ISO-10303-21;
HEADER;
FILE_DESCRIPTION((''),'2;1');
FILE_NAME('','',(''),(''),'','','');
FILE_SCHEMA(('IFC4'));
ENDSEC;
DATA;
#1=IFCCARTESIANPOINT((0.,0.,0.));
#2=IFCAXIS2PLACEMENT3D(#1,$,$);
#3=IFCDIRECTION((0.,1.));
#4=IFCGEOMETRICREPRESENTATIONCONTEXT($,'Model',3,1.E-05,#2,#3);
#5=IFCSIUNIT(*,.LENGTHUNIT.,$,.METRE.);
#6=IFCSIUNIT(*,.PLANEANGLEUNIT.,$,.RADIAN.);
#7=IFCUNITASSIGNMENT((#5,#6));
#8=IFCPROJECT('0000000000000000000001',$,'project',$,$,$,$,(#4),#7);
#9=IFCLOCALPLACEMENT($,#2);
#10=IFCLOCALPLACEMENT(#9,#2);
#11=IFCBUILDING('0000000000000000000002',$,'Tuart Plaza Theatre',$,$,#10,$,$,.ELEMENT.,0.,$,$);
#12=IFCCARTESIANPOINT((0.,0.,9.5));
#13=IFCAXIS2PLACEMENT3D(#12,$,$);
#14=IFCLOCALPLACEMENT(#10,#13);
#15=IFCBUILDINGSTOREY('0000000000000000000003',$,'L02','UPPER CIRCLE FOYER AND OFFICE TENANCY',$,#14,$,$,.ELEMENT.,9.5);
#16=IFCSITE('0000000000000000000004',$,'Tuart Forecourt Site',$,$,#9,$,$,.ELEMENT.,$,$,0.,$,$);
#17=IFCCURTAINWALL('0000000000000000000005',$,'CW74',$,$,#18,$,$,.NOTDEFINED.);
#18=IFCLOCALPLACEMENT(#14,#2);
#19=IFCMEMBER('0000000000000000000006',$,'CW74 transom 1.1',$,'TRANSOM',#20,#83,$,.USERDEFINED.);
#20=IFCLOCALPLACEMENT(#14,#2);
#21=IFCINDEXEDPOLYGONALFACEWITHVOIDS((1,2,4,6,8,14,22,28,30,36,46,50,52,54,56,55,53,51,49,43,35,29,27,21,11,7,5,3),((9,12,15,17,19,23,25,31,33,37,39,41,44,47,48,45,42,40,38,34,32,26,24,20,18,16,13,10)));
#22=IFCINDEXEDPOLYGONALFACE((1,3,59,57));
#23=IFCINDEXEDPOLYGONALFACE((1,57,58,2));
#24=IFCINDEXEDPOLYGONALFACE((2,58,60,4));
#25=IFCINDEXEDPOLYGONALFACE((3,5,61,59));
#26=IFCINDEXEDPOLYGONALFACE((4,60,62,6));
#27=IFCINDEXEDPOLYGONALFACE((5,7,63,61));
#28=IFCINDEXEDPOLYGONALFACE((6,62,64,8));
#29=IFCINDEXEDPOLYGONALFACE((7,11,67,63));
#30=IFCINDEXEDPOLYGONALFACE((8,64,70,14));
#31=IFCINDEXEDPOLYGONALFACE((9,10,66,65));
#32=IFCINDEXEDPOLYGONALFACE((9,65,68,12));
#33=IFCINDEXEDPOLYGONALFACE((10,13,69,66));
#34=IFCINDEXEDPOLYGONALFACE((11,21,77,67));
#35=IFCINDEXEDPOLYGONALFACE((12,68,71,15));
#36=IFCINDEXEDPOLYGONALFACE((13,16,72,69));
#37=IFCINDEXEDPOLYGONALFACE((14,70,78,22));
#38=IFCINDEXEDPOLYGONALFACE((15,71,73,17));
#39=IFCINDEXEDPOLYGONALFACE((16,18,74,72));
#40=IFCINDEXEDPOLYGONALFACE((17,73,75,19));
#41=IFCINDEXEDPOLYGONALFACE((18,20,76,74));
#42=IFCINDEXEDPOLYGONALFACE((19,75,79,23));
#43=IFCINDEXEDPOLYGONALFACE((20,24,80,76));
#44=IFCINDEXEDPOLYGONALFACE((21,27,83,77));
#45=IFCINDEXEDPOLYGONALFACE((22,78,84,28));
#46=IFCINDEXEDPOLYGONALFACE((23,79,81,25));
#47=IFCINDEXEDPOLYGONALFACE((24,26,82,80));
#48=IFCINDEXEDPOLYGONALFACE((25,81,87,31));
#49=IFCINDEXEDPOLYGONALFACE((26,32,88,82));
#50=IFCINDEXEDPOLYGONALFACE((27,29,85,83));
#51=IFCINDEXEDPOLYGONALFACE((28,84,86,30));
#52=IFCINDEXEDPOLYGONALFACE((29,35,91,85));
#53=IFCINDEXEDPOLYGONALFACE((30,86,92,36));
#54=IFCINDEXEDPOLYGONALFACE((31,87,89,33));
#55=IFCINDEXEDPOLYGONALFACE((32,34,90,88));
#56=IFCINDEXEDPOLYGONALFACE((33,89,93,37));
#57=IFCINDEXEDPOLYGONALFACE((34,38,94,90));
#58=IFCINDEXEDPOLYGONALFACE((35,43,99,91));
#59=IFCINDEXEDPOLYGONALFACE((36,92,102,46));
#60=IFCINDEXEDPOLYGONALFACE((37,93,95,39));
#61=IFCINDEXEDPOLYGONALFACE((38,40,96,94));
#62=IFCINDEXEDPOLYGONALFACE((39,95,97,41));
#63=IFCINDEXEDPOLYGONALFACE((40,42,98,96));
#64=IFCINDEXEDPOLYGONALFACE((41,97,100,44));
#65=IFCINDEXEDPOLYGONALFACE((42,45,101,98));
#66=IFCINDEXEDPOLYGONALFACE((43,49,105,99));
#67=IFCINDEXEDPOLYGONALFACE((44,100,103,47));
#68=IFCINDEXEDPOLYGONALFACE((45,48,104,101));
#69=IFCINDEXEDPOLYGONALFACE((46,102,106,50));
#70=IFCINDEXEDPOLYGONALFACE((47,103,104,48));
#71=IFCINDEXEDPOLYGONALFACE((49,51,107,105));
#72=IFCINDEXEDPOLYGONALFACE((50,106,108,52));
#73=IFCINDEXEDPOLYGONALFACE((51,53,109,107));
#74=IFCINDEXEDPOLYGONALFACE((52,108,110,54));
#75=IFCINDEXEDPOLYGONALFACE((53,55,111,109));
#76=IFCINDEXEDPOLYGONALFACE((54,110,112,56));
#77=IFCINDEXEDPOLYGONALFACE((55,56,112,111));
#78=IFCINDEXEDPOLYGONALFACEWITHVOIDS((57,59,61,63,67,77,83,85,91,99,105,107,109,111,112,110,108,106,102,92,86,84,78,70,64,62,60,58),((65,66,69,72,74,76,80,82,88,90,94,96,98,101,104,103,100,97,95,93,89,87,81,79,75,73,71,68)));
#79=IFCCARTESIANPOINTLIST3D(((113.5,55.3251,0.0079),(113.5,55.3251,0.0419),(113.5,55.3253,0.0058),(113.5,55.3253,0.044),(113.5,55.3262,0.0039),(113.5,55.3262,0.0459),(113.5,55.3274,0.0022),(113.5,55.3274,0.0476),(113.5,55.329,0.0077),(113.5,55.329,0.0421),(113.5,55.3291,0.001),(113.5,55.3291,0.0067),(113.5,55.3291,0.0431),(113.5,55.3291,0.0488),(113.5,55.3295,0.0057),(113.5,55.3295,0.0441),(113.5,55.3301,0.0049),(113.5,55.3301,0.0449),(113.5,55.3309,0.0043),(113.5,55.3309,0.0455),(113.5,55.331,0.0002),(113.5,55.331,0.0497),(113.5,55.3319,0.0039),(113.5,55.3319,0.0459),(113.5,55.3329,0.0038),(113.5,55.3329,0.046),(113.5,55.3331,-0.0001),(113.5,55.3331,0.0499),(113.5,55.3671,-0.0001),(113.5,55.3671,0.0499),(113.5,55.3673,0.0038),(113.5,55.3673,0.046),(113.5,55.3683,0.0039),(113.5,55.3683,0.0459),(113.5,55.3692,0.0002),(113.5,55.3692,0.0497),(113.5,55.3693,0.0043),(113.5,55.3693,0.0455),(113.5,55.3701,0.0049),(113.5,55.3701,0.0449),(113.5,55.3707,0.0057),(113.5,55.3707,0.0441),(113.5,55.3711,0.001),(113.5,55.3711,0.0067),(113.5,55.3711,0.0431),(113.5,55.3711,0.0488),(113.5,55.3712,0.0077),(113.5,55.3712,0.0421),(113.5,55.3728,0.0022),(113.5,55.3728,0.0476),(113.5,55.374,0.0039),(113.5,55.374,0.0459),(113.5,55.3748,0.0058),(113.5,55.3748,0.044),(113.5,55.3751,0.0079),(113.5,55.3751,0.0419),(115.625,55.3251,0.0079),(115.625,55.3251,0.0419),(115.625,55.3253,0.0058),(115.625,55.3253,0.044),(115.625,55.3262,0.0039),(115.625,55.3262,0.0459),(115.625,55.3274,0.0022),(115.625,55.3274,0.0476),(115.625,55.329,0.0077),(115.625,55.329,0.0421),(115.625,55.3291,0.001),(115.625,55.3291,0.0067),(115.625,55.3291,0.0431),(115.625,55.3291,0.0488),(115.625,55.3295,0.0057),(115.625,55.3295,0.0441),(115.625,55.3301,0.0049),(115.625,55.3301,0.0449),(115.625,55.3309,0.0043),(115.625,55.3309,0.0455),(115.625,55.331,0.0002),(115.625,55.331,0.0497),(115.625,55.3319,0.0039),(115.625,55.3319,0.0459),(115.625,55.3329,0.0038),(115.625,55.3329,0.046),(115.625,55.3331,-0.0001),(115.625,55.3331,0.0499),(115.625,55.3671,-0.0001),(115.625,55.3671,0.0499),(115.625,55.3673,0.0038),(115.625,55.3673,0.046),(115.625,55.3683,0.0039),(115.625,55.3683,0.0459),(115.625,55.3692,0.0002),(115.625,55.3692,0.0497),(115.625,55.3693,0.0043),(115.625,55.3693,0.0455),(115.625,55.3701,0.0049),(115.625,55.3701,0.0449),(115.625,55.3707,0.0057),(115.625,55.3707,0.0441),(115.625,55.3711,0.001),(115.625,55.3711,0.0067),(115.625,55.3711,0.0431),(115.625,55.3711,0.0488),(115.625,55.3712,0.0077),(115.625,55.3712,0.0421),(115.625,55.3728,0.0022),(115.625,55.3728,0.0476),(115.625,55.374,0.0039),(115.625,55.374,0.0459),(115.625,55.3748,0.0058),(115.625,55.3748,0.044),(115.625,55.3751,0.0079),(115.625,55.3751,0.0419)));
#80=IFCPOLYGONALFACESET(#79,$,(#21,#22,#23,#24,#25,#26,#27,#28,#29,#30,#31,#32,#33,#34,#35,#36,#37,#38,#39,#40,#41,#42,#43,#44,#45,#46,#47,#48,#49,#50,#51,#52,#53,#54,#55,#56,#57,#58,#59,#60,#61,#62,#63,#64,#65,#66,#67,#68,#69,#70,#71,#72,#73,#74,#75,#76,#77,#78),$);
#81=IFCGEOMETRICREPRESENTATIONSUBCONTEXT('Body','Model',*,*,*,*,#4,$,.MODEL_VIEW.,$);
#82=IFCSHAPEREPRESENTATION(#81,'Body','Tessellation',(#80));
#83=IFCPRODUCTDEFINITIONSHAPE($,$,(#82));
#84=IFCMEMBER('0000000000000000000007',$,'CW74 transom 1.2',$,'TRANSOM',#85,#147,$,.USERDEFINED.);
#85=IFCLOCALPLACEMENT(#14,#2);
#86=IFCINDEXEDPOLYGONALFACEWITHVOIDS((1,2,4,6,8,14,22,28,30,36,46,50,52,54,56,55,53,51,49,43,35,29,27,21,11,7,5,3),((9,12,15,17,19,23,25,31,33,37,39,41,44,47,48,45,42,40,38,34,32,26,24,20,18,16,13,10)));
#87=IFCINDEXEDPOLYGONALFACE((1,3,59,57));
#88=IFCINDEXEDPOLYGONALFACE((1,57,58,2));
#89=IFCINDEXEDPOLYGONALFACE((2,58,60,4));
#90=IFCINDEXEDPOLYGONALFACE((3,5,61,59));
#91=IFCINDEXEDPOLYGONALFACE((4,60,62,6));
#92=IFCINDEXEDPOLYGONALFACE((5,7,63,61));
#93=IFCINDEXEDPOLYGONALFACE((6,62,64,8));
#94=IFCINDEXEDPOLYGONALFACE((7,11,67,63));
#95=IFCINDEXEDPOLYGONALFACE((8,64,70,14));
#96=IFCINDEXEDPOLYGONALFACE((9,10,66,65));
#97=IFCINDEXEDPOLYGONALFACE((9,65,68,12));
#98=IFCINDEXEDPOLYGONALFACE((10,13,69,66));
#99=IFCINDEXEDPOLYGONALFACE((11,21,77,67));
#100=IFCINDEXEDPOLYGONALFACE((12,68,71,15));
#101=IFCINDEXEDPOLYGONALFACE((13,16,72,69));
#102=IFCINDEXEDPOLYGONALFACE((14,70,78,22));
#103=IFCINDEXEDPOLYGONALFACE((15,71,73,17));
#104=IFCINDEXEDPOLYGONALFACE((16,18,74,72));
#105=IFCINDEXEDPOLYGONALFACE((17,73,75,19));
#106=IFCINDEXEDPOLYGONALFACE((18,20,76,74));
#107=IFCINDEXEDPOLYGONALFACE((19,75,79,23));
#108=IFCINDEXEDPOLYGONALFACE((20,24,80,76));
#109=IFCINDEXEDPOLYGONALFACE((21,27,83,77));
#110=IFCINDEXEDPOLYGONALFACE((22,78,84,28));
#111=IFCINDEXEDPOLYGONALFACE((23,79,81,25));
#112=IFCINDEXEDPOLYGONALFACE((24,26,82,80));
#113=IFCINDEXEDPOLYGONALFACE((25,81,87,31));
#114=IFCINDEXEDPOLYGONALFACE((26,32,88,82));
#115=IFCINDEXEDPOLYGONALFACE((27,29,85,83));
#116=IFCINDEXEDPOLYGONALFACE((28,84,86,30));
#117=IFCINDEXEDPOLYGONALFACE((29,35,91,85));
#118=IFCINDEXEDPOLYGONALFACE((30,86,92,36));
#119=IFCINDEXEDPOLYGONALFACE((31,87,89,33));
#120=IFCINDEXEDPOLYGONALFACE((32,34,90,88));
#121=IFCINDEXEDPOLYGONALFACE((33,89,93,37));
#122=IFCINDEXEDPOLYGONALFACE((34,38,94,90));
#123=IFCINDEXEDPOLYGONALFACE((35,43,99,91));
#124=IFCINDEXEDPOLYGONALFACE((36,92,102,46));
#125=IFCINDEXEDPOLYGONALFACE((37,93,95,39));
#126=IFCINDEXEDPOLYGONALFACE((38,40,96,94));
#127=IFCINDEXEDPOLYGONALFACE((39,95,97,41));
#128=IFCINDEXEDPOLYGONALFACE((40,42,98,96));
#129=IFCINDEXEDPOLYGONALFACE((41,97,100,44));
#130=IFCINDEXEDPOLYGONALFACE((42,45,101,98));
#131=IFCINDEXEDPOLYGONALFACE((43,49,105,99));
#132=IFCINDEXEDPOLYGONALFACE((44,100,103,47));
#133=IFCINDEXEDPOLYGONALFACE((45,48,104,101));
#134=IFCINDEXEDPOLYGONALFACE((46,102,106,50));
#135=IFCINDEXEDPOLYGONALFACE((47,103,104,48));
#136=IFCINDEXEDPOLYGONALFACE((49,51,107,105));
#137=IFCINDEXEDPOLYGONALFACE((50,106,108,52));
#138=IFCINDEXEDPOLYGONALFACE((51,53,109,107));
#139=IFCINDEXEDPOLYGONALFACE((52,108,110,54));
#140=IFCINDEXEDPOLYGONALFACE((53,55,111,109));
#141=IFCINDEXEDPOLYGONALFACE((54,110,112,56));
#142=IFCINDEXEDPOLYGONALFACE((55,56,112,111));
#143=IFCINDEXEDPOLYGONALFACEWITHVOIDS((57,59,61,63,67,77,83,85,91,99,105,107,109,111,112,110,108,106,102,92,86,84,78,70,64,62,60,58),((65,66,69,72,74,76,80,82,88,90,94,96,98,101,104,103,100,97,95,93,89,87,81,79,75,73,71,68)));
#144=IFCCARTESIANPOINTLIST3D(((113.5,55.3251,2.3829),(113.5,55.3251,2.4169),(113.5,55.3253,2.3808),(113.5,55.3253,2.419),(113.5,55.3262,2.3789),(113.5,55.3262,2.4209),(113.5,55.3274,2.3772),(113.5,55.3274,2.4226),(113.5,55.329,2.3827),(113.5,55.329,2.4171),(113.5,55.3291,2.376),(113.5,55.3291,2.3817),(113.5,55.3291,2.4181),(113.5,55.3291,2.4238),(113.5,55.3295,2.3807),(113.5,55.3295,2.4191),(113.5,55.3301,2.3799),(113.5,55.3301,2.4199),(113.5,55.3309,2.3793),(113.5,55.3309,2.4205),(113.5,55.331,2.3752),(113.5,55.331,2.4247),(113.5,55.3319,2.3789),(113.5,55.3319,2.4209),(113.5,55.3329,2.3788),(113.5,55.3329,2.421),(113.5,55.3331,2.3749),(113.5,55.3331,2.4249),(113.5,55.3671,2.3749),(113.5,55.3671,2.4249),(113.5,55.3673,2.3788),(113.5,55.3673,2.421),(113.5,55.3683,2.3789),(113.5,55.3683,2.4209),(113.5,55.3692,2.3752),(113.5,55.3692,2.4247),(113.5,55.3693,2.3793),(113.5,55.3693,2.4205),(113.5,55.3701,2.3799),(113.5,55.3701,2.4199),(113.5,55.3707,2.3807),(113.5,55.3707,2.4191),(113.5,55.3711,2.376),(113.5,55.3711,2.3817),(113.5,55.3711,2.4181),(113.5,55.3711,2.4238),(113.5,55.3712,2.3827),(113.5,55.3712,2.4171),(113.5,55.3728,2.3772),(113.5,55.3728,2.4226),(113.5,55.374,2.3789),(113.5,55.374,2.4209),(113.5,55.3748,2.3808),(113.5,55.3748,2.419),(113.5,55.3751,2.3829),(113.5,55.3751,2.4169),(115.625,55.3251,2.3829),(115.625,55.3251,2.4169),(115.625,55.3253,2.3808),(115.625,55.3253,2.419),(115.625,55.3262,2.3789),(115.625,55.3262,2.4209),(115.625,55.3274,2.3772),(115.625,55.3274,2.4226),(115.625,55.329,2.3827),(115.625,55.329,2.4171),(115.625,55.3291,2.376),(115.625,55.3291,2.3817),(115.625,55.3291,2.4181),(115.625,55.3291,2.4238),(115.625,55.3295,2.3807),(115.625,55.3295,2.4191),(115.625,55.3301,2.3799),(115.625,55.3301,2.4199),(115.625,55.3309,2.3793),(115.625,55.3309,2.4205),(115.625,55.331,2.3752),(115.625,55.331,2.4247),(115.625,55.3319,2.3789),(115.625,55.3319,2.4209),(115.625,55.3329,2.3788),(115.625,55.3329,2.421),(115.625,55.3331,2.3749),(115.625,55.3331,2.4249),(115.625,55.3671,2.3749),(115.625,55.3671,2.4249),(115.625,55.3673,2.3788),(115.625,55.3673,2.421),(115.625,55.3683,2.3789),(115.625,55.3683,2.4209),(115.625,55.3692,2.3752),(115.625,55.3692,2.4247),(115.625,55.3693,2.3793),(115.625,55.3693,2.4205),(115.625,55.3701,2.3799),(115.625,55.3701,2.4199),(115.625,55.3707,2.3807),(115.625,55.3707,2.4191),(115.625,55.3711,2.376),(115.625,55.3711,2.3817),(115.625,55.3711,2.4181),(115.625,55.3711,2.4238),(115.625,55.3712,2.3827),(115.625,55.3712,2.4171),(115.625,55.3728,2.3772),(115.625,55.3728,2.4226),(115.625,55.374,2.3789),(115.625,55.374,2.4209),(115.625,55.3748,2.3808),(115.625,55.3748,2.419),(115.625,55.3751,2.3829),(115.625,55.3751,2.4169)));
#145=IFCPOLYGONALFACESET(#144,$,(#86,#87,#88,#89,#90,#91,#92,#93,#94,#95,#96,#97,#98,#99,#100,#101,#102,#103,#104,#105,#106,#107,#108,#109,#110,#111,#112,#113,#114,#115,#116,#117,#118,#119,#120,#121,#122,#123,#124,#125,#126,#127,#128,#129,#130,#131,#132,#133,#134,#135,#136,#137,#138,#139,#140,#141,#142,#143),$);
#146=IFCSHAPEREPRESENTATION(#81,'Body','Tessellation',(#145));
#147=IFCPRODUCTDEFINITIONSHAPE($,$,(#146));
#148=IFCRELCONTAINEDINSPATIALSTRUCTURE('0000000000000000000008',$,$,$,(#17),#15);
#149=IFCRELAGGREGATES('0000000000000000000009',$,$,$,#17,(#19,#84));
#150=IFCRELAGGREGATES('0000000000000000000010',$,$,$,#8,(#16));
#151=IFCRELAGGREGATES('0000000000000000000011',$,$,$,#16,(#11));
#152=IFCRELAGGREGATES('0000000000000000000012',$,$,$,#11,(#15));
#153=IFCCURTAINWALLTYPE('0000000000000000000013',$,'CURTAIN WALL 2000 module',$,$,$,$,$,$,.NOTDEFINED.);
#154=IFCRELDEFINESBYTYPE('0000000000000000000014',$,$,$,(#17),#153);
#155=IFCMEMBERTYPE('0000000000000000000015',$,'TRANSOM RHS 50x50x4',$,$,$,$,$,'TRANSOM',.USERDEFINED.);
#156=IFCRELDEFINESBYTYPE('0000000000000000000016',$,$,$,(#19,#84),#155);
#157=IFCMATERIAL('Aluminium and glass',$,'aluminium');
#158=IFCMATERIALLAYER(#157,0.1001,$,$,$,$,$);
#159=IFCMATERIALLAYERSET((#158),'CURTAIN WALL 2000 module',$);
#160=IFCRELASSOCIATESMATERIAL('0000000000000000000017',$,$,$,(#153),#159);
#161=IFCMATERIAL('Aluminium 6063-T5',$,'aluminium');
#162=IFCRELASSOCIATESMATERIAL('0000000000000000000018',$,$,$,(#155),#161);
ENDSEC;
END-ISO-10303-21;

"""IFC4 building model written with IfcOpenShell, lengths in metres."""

from ifc_helpers import new_model, si_unit, direction, frame, origin, origin_2d, place, context, subcontext, project, spatial, hollow_rectangle, extrude, material, layer, layer_set, material_profile, profile_set, type_object, element, aggregate, save


model = new_model("IFC4")

# Units and contexts
model_context = context("Model", 3, precision=1e-05, world=origin(), true_north=direction((0.0, 1.0)))
body_context = subcontext(model_context, "Body", "Model", "MODEL_VIEW")
ifc_project = project(units=[si_unit("LENGTHUNIT", "METRE"), si_unit("PLANEANGLEUNIT", "RADIAN")], contexts=[model_context])

# Site, building, storey
site_placement = place(None, origin())
site = spatial("IfcSite", under=ifc_project, at=site_placement, Name="Tuart Forecourt Site", CompositionType="ELEMENT", RefElevation=0.0)
building_placement = place(site_placement, origin())
building = spatial("IfcBuilding", under=site, at=building_placement, Name="Tuart Plaza Theatre", CompositionType="ELEMENT", ElevationOfRefHeight=0.0)
storey_placement = place(building_placement, frame((0.0, 0.0, 9.5)))
storey = spatial("IfcBuildingStorey", under=building, at=storey_placement, Name="L02", Description="UPPER CIRCLE FOYER AND OFFICE TENANCY", CompositionType="ELEMENT", Elevation=9.5)

# Shared definitions
ifc_material_1 = material(Name="Aluminium and glass", Category="aluminium")
ifc_layer_1 = layer(ifc_material_1, 0.1001)
ifc_layer_set_1 = layer_set([ifc_layer_1], Name="CURTAIN WALL 2000 module")
curtain_wall_type_1 = type_object("IfcCurtainWallType", Name="CURTAIN WALL 2000 module", PredefinedType="NOTDEFINED", material=ifc_layer_set_1)

# Curtain wall
curtain_wall_1_placement = place(storey_placement, origin())
curtain_wall_1 = element("IfcCurtainWall", 1, at=curtain_wall_1_placement, inside=storey, type_object=curtain_wall_type_1, Name="CW74", PredefinedType="NOTDEFINED")

# Members
ifc_material_2 = material(Name="Aluminium 6063-T5", Category="aluminium")
ifc_material_profile_1 = material_profile(ifc_material_2, hollow_rectangle(XDim=0.05, YDim=0.05, WallThickness=0.0039, InnerFilletRadius=0.0039, OuterFilletRadius=0.0081, at=origin_2d()), Name="RHS 50x50x4")
ifc_profile_set_1 = profile_set([ifc_material_profile_1], Name="Aluminium 6063-T5")
member_type_1 = type_object("IfcMemberType", Name="TRANSOM RHS 50x50x4", ElementType="TRANSOM", PredefinedType="USERDEFINED", material=ifc_profile_set_1)
member_1_placement = place(storey_placement, frame((113.5, 55.3501, 0.0249), z_axis=(1.0, 0.0, 0.0), x_axis=(0.0, 1.0, 0.0)))
member_1 = element("IfcMember", 2, at=member_1_placement, type_object=member_type_1, Name="CW74 transom 1.1", ObjectType="TRANSOM", PredefinedType="USERDEFINED", context=body_context, shape_type="SweptSolid", body=[
    extrude(hollow_rectangle(XDim=0.05, YDim=0.05, WallThickness=0.0039, InnerFilletRadius=0.0039, OuterFilletRadius=0.0081, at=origin_2d()), origin(), (0.0, 0.0, 1.0), 2.125),
])
member_2_placement = place(storey_placement, frame((113.5, 55.3501, 2.3999), z_axis=(1.0, 0.0, 0.0), x_axis=(0.0, 1.0, 0.0)))
member_2 = element("IfcMember", 3, at=member_2_placement, type_object=member_type_1, Name="CW74 transom 1.2", ObjectType="TRANSOM", PredefinedType="USERDEFINED", context=body_context, shape_type="SweptSolid", body=[
    extrude(hollow_rectangle(XDim=0.05, YDim=0.05, WallThickness=0.0039, InnerFilletRadius=0.0039, OuterFilletRadius=0.0081, at=origin_2d()), origin(), (0.0, 0.0, 1.0), 2.125),
])

aggregate(curtain_wall_1, [member_1, member_2])

save(model, "model.ifc")
